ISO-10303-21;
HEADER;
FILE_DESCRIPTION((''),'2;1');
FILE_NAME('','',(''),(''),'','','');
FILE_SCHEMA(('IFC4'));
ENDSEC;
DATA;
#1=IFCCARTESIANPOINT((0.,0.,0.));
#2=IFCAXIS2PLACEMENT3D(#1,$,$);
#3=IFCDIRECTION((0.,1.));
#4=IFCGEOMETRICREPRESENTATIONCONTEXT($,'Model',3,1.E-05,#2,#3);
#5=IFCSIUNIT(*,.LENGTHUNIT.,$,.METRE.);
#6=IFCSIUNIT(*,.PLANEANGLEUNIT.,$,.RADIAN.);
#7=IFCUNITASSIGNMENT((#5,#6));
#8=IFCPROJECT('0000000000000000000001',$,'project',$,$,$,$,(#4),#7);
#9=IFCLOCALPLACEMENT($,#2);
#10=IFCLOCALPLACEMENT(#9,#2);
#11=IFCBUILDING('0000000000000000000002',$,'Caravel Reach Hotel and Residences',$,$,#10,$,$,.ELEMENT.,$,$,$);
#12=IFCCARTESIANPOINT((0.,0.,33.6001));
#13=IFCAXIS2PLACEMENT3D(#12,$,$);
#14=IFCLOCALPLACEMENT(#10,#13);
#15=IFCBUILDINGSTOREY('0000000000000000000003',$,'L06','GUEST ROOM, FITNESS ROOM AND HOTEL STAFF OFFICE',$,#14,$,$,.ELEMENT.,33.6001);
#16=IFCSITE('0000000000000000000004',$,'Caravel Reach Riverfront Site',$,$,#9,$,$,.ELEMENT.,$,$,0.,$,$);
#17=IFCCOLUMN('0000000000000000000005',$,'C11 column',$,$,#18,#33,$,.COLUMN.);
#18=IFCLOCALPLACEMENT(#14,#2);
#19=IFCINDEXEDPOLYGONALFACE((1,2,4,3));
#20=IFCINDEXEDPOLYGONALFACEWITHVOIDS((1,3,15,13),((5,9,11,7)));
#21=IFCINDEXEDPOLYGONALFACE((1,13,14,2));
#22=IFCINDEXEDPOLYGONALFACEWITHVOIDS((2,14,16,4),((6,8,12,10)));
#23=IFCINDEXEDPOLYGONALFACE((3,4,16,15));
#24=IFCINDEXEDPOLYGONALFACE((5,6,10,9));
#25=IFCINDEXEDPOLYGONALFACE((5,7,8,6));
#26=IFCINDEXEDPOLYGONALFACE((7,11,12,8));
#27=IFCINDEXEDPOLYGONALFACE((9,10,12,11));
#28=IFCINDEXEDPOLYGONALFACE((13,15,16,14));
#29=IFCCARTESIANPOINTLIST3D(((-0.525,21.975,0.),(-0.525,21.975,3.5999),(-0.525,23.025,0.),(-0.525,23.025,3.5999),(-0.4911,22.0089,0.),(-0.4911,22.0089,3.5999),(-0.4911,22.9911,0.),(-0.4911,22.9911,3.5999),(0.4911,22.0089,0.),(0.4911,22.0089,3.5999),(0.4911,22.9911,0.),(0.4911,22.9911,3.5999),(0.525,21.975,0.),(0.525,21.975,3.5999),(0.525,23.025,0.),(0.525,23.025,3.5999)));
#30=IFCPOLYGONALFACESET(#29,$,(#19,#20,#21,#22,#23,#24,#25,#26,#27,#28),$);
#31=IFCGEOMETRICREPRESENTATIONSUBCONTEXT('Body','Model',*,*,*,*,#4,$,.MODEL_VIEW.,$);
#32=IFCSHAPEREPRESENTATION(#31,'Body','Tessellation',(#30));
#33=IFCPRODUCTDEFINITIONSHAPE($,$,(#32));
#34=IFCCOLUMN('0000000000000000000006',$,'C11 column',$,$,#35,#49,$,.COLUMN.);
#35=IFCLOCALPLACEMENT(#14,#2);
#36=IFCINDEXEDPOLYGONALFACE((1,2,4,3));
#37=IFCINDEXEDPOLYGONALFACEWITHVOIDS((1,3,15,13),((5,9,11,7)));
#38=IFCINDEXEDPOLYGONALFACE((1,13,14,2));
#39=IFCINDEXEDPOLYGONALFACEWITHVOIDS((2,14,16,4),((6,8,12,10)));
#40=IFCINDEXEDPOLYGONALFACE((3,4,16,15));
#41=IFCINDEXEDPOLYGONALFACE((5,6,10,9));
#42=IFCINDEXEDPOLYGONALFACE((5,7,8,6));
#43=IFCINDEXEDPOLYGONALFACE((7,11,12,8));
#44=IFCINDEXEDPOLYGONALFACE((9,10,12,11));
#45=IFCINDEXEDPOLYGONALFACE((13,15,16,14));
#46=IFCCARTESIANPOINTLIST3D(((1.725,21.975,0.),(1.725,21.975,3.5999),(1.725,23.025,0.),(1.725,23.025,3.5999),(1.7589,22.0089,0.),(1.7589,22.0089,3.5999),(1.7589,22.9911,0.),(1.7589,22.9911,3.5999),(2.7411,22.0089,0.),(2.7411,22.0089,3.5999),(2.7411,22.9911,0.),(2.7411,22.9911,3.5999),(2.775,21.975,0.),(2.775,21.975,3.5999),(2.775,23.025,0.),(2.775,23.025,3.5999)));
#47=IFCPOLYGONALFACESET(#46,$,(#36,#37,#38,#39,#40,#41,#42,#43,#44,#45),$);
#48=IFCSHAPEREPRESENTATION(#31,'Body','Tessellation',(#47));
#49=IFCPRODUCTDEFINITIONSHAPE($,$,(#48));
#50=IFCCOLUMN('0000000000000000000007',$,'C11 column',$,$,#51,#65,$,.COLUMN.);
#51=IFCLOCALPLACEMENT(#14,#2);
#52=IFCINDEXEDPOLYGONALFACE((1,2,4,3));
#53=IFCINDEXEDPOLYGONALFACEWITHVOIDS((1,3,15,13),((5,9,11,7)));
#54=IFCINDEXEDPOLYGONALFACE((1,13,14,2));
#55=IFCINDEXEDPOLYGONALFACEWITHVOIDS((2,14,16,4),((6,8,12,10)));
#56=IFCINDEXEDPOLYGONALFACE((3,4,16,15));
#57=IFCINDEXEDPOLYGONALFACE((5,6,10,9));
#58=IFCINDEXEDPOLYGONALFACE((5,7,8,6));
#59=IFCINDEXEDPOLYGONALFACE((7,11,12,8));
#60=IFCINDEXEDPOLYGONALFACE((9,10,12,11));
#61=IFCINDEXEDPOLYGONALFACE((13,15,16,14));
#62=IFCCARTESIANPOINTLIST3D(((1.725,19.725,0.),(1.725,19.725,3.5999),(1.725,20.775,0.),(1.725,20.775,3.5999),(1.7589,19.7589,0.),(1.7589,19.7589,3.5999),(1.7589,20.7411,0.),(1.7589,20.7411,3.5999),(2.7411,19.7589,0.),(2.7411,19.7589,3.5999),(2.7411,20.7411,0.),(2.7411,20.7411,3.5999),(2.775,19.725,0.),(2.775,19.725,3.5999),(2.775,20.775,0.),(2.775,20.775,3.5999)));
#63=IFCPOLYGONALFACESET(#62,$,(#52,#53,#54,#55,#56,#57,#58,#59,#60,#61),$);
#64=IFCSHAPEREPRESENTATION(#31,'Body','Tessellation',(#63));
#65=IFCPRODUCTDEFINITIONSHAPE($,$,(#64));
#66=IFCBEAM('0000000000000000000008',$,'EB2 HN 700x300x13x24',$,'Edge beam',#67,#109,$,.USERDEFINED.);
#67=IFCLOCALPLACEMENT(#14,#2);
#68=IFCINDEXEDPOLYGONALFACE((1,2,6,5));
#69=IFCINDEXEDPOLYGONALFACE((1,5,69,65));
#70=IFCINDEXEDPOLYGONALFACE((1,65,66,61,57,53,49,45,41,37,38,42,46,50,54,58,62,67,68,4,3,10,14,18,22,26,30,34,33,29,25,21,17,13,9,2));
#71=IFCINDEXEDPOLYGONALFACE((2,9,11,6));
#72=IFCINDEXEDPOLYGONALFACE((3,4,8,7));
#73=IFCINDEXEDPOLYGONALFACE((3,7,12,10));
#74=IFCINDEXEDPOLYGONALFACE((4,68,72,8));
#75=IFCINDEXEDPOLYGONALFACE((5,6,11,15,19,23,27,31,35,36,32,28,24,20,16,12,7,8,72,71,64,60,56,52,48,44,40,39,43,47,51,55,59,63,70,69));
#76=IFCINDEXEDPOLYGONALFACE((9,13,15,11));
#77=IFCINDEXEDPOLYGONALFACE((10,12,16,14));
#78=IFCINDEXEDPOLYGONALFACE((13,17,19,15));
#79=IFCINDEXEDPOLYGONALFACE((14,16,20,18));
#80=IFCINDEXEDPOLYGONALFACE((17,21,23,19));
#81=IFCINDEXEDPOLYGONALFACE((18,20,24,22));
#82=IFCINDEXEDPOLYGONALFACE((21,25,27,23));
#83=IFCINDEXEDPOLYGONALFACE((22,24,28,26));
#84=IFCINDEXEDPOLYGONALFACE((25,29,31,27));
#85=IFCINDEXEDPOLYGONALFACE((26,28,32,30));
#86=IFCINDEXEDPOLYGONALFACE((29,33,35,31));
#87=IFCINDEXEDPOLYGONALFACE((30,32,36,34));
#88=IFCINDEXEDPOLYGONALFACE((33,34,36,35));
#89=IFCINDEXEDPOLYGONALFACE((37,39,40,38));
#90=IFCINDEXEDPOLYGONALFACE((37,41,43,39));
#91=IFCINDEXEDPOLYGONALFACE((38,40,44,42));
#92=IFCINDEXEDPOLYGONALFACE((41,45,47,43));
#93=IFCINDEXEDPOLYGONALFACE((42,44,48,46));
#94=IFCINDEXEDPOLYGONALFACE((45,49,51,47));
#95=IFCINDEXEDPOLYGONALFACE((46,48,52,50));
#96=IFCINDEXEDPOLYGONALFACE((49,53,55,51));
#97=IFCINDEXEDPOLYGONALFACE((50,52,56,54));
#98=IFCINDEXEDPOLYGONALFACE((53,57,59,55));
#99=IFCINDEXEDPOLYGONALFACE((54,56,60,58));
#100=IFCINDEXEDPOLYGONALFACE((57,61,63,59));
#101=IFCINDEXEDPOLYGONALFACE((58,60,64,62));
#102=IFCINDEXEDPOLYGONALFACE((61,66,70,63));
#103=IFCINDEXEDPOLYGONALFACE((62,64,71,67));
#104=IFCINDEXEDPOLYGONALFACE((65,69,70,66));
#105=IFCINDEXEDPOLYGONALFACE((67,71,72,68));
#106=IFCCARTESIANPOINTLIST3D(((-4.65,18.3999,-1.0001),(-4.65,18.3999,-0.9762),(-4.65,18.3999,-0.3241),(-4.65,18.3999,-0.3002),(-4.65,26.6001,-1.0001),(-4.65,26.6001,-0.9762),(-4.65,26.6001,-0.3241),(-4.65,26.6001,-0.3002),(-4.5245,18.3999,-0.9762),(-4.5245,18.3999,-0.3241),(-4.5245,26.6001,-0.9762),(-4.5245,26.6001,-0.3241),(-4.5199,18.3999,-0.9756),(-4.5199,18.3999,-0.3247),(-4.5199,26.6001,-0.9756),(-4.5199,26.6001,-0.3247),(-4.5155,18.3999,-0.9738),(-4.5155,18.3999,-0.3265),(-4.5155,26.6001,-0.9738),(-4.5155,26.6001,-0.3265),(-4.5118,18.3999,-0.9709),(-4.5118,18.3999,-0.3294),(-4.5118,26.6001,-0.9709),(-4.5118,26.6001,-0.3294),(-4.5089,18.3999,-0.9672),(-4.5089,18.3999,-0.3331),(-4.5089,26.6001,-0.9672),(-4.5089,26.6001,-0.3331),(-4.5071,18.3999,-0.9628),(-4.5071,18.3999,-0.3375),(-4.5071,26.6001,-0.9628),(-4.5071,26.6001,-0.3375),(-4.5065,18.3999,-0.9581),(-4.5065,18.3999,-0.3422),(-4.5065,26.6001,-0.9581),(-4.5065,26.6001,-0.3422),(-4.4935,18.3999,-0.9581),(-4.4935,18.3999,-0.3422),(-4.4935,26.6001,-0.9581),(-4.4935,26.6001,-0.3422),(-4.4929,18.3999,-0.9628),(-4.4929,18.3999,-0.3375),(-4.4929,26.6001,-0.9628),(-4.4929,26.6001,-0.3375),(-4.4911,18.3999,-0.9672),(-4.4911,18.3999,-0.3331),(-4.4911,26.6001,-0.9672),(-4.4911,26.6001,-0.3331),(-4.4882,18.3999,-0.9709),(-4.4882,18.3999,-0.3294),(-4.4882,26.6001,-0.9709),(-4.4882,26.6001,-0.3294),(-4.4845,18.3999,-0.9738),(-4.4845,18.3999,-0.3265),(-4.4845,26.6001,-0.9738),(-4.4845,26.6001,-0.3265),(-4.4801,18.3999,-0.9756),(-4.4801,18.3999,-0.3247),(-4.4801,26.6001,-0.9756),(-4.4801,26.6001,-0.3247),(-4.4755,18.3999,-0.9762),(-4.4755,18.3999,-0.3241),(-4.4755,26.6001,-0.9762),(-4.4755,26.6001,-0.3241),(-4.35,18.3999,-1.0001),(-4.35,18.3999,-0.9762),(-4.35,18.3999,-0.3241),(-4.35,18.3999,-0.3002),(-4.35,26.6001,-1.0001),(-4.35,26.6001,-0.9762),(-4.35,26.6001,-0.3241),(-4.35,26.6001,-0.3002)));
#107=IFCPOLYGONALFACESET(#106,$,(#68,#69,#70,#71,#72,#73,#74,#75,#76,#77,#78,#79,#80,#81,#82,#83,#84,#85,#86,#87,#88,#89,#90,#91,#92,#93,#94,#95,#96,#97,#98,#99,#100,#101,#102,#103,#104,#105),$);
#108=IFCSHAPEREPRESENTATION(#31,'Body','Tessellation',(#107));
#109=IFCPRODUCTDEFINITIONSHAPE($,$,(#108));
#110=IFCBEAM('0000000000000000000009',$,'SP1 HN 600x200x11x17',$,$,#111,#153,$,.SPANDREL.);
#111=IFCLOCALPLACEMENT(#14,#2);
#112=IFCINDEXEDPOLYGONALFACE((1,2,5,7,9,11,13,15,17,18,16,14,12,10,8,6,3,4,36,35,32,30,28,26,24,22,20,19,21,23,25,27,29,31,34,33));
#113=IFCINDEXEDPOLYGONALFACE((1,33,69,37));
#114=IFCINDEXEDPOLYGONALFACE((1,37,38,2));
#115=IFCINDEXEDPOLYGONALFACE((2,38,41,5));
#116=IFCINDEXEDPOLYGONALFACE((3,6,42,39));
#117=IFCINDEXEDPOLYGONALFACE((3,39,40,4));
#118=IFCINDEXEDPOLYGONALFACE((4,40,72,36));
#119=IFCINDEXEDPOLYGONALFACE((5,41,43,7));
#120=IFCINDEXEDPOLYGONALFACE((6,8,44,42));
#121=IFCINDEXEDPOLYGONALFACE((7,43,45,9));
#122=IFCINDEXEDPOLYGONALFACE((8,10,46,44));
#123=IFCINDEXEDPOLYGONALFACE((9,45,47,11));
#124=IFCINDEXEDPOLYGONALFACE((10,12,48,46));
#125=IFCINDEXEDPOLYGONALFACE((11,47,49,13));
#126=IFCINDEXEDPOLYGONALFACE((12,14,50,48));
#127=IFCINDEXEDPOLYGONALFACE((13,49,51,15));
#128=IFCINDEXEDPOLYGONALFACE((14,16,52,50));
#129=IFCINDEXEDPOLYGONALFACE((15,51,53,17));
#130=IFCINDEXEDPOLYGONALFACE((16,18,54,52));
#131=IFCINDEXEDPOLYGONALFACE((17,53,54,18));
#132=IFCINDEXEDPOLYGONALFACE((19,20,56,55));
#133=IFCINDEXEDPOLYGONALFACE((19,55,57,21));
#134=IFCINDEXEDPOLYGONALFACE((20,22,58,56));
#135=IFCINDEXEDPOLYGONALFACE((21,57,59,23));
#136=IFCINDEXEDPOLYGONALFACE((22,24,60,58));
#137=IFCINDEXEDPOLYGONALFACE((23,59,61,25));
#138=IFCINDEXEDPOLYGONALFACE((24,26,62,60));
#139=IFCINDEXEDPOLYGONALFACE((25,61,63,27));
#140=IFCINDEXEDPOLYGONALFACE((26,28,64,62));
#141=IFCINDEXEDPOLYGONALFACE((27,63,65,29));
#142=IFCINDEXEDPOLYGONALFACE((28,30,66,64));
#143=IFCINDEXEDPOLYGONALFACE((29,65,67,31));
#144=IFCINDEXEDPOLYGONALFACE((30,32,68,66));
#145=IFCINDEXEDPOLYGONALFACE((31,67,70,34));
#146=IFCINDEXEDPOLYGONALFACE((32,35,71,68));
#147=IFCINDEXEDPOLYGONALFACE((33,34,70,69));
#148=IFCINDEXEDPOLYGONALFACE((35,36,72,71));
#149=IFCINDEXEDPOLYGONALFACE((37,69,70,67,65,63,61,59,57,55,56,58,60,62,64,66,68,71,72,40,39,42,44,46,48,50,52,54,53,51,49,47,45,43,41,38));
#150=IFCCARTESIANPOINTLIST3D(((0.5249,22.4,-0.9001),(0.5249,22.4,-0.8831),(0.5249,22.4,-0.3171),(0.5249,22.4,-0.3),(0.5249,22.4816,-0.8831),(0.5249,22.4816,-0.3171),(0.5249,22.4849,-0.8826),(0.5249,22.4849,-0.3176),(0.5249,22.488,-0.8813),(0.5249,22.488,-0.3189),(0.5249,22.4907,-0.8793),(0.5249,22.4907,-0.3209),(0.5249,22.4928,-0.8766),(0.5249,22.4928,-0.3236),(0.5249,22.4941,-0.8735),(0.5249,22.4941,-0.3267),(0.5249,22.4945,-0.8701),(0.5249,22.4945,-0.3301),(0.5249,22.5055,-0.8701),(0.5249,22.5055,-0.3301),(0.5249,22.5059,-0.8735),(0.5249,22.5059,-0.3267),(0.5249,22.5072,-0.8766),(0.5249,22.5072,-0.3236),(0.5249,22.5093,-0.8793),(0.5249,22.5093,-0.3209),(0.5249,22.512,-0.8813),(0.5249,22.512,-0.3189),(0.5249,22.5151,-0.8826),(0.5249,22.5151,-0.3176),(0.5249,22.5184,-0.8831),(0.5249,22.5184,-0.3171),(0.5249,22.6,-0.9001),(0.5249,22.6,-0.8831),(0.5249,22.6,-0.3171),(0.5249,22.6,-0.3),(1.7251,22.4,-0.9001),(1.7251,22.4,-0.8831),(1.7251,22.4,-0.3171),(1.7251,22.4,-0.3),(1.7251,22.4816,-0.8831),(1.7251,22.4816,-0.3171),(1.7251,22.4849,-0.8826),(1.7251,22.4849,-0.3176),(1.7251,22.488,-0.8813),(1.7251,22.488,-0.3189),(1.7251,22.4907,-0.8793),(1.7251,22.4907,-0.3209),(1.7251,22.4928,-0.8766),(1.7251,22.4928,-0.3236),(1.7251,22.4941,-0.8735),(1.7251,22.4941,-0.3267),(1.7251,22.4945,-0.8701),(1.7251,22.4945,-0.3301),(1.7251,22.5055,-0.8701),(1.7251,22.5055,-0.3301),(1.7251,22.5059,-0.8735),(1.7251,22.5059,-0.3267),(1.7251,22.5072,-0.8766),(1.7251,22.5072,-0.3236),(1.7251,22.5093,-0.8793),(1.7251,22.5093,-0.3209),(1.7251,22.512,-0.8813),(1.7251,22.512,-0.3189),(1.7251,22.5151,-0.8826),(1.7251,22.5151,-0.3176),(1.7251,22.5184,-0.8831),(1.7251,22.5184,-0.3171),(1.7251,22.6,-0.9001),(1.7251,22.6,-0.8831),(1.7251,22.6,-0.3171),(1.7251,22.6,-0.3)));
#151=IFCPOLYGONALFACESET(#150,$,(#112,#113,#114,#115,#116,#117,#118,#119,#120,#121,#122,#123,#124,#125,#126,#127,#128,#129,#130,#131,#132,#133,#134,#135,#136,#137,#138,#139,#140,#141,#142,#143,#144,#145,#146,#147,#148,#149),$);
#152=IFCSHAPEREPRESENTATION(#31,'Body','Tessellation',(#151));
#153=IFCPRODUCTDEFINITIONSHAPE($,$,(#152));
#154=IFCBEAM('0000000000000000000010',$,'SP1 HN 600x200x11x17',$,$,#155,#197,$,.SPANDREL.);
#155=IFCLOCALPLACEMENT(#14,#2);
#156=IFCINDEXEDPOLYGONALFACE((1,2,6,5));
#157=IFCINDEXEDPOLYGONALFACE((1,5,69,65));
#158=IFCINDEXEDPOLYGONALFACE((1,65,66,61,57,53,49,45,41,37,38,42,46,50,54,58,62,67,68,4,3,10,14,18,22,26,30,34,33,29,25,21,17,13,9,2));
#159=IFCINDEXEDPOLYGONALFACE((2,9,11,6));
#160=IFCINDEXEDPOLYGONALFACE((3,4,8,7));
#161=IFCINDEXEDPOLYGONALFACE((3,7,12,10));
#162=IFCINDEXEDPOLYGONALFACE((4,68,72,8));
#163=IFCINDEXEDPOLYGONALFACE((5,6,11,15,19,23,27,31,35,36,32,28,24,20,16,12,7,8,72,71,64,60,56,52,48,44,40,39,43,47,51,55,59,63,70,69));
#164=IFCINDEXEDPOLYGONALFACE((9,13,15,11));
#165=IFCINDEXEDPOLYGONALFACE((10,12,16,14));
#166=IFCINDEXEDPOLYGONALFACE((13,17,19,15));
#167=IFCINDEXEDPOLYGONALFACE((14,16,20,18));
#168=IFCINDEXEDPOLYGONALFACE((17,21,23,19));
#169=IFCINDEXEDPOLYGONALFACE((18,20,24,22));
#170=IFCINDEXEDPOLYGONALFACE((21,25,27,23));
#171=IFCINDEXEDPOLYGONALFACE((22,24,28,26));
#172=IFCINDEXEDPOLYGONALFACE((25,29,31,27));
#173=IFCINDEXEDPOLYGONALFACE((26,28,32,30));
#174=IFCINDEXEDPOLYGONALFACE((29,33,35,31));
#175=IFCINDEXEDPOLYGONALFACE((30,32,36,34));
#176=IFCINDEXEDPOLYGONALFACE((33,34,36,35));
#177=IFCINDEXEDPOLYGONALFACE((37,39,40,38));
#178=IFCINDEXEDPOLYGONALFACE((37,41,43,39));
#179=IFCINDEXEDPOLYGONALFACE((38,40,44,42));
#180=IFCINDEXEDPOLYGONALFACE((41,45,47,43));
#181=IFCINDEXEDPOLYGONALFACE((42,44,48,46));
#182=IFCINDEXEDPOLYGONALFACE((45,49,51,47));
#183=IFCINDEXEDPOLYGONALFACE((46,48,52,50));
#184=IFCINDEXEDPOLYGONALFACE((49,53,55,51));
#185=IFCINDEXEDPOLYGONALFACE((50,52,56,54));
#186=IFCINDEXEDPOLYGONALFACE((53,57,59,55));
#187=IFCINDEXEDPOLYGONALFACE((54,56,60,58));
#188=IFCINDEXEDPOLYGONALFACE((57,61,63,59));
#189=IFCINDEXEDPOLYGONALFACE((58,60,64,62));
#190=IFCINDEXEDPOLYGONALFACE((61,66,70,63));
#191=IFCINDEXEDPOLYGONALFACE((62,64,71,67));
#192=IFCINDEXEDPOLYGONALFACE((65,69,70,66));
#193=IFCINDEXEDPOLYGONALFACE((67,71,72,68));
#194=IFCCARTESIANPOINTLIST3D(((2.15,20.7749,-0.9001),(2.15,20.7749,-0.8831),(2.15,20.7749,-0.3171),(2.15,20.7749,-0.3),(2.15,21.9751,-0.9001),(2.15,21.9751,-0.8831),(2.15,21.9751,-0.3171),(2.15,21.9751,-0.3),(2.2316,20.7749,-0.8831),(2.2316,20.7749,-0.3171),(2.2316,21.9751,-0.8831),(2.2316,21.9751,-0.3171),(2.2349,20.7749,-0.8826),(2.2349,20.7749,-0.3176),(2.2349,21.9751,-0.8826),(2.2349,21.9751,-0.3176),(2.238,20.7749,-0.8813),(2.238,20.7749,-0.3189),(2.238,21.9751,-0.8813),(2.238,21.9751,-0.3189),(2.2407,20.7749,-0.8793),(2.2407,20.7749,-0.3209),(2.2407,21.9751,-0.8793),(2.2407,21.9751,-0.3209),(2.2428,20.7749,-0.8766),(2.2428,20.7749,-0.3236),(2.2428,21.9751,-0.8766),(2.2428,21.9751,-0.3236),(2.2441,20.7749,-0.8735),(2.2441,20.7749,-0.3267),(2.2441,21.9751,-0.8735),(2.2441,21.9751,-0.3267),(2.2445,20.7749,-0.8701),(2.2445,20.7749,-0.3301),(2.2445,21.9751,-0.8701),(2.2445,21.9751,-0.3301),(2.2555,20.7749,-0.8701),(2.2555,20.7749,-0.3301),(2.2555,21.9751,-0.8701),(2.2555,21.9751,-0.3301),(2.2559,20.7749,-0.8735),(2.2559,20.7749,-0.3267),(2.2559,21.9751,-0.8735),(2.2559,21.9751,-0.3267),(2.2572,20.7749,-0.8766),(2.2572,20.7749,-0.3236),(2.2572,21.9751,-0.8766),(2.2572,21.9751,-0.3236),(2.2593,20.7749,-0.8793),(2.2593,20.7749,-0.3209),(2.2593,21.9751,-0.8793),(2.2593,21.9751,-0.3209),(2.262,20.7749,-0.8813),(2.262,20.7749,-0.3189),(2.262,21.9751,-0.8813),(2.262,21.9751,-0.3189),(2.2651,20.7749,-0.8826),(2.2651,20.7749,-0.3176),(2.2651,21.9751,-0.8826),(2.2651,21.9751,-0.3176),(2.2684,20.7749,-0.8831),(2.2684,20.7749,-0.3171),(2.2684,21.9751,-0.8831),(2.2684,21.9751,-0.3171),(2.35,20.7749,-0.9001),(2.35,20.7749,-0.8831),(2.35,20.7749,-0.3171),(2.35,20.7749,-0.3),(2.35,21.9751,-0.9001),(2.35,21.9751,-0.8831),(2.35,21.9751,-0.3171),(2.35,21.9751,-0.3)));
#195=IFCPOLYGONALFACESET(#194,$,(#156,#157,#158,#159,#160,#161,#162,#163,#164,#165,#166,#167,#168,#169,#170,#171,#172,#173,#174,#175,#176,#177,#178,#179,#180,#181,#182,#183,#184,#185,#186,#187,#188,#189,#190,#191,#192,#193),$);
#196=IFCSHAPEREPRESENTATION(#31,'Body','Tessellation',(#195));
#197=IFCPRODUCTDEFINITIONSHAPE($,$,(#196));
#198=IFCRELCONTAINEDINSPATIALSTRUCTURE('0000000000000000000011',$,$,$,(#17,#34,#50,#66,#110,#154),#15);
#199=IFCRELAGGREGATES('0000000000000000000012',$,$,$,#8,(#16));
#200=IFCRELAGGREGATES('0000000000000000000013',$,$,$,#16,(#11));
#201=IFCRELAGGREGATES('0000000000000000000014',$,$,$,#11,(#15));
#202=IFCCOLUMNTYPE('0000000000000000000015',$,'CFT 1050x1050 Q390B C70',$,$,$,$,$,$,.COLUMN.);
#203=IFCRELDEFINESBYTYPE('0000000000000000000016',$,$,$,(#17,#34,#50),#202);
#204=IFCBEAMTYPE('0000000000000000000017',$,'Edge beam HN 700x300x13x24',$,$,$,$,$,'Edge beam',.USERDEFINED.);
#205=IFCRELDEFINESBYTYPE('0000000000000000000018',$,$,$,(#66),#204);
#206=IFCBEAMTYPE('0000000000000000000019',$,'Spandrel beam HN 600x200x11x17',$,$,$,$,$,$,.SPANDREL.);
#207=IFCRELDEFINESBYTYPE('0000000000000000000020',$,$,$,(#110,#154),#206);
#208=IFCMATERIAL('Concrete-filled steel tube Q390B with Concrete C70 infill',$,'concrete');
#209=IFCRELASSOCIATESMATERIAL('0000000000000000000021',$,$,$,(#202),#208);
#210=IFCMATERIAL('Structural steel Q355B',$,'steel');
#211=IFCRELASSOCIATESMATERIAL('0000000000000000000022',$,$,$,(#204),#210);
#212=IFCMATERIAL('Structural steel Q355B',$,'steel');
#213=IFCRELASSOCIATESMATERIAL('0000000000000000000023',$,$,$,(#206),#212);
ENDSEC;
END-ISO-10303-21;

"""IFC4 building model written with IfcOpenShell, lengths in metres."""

from ifc_helpers import new_model, si_unit, direction, frame, origin, origin_2d, place, context, subcontext, project, spatial, hollow_rectangle, i_section, extrude, material, material_profile, profile_set, type_object, element, save


model = new_model("IFC4")

# Units and contexts
model_context = context("Model", 3, precision=1e-05, world=origin(), true_north=direction((0.0, 1.0)))
body_context = subcontext(model_context, "Body", "Model", "MODEL_VIEW")
ifc_project = project(units=[si_unit("LENGTHUNIT", "METRE"), si_unit("PLANEANGLEUNIT", "RADIAN")], contexts=[model_context])

# Site, building, storey
site_placement = place(None, origin())
site = spatial("IfcSite", under=ifc_project, at=site_placement, Name="Caravel Reach Riverfront Site", CompositionType="ELEMENT", RefElevation=0.0)
building_placement = place(site_placement, origin())
building = spatial("IfcBuilding", under=site, at=building_placement, Name="Caravel Reach Hotel and Residences", CompositionType="ELEMENT")
storey_placement = place(building_placement, frame((0.0, 0.0, 33.6001)))
storey = spatial("IfcBuildingStorey", under=building, at=storey_placement, Name="L06", Description="GUEST ROOM, FITNESS ROOM AND HOTEL STAFF OFFICE", CompositionType="ELEMENT", Elevation=33.6001)

# Columns
ifc_material_1 = material(Name="Concrete-filled steel tube Q390B with Concrete C70 infill", Category="concrete")
ifc_material_profile_1 = material_profile(ifc_material_1, hollow_rectangle(XDim=1.05, YDim=1.05, WallThickness=0.0339, at=origin_2d()), Name="RHS 1050x1050x34")
ifc_profile_set_1 = profile_set([ifc_material_profile_1], Name="Concrete-filled steel tube Q390B with Concrete C70 infill")
column_type = type_object("IfcColumnType", Name="CFT 1050x1050 Q390B C70", PredefinedType="COLUMN", material=ifc_profile_set_1)
for number, where, z_axis, x_axis, name in (
    (1, (0.0, 22.5, 0.0), (0.0, 0.0, 1.0), (1.0, 0.0, 0.0), "C11 column"),
    (2, (2.25, 22.5, 0.0), (0.0, 0.0, 1.0), (1.0, 0.0, 0.0), "C11 column"),
    (3, (2.25, 20.25, 0.0), (0.0, 0.0, 1.0), (1.0, 0.0, 0.0), "C11 column"),
):
    element("IfcColumn", number, at=place(storey_placement, frame(where, z_axis=z_axis, x_axis=x_axis)), inside=storey, type_object=column_type, Name=name, PredefinedType="COLUMN", context=body_context, shape_type="SweptSolid", body=[
        extrude(hollow_rectangle(XDim=1.05, YDim=1.05, WallThickness=0.0339, at=origin_2d()), origin(), (0.0, 0.0, 1.0), 3.5999),
    ])

# Beams
ifc_material_2 = material(Name="Structural steel Q355B", Category="steel")
ifc_material_profile_2 = material_profile(ifc_material_2, i_section(OverallWidth=0.3, OverallDepth=0.7, WebThickness=0.0129, FlangeThickness=0.0239, FilletRadius=0.0181, at=origin_2d()), Name="HN 700x300x13x24")
ifc_profile_set_2 = profile_set([ifc_material_profile_2], Name="Structural steel Q355B")
beam_type_1 = type_object("IfcBeamType", Name="Edge beam HN 700x300x13x24", ElementType="Edge beam", PredefinedType="USERDEFINED", material=ifc_profile_set_2)
beam_placement = place(storey_placement, frame((-4.5, 18.3999, -0.6501), z_axis=(0.0, 1.0, 0.0), x_axis=(-1.0, 0.0, 0.0)))
element("IfcBeam", 4, at=beam_placement, inside=storey, type_object=beam_type_1, Name="EB2 HN 700x300x13x24", ObjectType="Edge beam", PredefinedType="USERDEFINED", context=body_context, shape_type="SweptSolid", body=[
    extrude(i_section(OverallWidth=0.3, OverallDepth=0.7, WebThickness=0.0129, FlangeThickness=0.0239, FilletRadius=0.0181, at=origin_2d()), origin(), (0.0, 0.0, 1.0), 8.2002),
])
ifc_material_3 = material(Name="Structural steel Q355B", Category="steel")
ifc_material_profile_3 = material_profile(ifc_material_3, i_section(OverallWidth=0.2, OverallDepth=0.6001, WebThickness=0.011, FlangeThickness=0.0171, FilletRadius=0.0129, at=origin_2d()), Name="HN 600x200x11x17")
ifc_profile_set_3 = profile_set([ifc_material_profile_3], Name="Structural steel Q355B")
beam_type_2 = type_object("IfcBeamType", Name="Spandrel beam HN 600x200x11x17", PredefinedType="SPANDREL", material=ifc_profile_set_3)
for number, where, z_axis, x_axis, name in (
    (5, (0.5249, 22.5, -0.6001), (1.0, 0.0, 0.0), (0.0, 1.0, 0.0), "SP1 HN 600x200x11x17"),
    (6, (2.25, 21.9751, -0.6001), (0.0, -1.0, 0.0), (1.0, 0.0, 0.0), "SP1 HN 600x200x11x17"),
):
    element("IfcBeam", number, at=place(storey_placement, frame(where, z_axis=z_axis, x_axis=x_axis)), inside=storey, type_object=beam_type_2, Name=name, PredefinedType="SPANDREL", context=body_context, shape_type="SweptSolid", body=[
        extrude(i_section(OverallWidth=0.2, OverallDepth=0.6001, WebThickness=0.011, FlangeThickness=0.0171, FilletRadius=0.0129, at=origin_2d()), origin(), (0.0, 0.0, 1.0), 1.2002),
    ])

save(model, "model.ifc")
